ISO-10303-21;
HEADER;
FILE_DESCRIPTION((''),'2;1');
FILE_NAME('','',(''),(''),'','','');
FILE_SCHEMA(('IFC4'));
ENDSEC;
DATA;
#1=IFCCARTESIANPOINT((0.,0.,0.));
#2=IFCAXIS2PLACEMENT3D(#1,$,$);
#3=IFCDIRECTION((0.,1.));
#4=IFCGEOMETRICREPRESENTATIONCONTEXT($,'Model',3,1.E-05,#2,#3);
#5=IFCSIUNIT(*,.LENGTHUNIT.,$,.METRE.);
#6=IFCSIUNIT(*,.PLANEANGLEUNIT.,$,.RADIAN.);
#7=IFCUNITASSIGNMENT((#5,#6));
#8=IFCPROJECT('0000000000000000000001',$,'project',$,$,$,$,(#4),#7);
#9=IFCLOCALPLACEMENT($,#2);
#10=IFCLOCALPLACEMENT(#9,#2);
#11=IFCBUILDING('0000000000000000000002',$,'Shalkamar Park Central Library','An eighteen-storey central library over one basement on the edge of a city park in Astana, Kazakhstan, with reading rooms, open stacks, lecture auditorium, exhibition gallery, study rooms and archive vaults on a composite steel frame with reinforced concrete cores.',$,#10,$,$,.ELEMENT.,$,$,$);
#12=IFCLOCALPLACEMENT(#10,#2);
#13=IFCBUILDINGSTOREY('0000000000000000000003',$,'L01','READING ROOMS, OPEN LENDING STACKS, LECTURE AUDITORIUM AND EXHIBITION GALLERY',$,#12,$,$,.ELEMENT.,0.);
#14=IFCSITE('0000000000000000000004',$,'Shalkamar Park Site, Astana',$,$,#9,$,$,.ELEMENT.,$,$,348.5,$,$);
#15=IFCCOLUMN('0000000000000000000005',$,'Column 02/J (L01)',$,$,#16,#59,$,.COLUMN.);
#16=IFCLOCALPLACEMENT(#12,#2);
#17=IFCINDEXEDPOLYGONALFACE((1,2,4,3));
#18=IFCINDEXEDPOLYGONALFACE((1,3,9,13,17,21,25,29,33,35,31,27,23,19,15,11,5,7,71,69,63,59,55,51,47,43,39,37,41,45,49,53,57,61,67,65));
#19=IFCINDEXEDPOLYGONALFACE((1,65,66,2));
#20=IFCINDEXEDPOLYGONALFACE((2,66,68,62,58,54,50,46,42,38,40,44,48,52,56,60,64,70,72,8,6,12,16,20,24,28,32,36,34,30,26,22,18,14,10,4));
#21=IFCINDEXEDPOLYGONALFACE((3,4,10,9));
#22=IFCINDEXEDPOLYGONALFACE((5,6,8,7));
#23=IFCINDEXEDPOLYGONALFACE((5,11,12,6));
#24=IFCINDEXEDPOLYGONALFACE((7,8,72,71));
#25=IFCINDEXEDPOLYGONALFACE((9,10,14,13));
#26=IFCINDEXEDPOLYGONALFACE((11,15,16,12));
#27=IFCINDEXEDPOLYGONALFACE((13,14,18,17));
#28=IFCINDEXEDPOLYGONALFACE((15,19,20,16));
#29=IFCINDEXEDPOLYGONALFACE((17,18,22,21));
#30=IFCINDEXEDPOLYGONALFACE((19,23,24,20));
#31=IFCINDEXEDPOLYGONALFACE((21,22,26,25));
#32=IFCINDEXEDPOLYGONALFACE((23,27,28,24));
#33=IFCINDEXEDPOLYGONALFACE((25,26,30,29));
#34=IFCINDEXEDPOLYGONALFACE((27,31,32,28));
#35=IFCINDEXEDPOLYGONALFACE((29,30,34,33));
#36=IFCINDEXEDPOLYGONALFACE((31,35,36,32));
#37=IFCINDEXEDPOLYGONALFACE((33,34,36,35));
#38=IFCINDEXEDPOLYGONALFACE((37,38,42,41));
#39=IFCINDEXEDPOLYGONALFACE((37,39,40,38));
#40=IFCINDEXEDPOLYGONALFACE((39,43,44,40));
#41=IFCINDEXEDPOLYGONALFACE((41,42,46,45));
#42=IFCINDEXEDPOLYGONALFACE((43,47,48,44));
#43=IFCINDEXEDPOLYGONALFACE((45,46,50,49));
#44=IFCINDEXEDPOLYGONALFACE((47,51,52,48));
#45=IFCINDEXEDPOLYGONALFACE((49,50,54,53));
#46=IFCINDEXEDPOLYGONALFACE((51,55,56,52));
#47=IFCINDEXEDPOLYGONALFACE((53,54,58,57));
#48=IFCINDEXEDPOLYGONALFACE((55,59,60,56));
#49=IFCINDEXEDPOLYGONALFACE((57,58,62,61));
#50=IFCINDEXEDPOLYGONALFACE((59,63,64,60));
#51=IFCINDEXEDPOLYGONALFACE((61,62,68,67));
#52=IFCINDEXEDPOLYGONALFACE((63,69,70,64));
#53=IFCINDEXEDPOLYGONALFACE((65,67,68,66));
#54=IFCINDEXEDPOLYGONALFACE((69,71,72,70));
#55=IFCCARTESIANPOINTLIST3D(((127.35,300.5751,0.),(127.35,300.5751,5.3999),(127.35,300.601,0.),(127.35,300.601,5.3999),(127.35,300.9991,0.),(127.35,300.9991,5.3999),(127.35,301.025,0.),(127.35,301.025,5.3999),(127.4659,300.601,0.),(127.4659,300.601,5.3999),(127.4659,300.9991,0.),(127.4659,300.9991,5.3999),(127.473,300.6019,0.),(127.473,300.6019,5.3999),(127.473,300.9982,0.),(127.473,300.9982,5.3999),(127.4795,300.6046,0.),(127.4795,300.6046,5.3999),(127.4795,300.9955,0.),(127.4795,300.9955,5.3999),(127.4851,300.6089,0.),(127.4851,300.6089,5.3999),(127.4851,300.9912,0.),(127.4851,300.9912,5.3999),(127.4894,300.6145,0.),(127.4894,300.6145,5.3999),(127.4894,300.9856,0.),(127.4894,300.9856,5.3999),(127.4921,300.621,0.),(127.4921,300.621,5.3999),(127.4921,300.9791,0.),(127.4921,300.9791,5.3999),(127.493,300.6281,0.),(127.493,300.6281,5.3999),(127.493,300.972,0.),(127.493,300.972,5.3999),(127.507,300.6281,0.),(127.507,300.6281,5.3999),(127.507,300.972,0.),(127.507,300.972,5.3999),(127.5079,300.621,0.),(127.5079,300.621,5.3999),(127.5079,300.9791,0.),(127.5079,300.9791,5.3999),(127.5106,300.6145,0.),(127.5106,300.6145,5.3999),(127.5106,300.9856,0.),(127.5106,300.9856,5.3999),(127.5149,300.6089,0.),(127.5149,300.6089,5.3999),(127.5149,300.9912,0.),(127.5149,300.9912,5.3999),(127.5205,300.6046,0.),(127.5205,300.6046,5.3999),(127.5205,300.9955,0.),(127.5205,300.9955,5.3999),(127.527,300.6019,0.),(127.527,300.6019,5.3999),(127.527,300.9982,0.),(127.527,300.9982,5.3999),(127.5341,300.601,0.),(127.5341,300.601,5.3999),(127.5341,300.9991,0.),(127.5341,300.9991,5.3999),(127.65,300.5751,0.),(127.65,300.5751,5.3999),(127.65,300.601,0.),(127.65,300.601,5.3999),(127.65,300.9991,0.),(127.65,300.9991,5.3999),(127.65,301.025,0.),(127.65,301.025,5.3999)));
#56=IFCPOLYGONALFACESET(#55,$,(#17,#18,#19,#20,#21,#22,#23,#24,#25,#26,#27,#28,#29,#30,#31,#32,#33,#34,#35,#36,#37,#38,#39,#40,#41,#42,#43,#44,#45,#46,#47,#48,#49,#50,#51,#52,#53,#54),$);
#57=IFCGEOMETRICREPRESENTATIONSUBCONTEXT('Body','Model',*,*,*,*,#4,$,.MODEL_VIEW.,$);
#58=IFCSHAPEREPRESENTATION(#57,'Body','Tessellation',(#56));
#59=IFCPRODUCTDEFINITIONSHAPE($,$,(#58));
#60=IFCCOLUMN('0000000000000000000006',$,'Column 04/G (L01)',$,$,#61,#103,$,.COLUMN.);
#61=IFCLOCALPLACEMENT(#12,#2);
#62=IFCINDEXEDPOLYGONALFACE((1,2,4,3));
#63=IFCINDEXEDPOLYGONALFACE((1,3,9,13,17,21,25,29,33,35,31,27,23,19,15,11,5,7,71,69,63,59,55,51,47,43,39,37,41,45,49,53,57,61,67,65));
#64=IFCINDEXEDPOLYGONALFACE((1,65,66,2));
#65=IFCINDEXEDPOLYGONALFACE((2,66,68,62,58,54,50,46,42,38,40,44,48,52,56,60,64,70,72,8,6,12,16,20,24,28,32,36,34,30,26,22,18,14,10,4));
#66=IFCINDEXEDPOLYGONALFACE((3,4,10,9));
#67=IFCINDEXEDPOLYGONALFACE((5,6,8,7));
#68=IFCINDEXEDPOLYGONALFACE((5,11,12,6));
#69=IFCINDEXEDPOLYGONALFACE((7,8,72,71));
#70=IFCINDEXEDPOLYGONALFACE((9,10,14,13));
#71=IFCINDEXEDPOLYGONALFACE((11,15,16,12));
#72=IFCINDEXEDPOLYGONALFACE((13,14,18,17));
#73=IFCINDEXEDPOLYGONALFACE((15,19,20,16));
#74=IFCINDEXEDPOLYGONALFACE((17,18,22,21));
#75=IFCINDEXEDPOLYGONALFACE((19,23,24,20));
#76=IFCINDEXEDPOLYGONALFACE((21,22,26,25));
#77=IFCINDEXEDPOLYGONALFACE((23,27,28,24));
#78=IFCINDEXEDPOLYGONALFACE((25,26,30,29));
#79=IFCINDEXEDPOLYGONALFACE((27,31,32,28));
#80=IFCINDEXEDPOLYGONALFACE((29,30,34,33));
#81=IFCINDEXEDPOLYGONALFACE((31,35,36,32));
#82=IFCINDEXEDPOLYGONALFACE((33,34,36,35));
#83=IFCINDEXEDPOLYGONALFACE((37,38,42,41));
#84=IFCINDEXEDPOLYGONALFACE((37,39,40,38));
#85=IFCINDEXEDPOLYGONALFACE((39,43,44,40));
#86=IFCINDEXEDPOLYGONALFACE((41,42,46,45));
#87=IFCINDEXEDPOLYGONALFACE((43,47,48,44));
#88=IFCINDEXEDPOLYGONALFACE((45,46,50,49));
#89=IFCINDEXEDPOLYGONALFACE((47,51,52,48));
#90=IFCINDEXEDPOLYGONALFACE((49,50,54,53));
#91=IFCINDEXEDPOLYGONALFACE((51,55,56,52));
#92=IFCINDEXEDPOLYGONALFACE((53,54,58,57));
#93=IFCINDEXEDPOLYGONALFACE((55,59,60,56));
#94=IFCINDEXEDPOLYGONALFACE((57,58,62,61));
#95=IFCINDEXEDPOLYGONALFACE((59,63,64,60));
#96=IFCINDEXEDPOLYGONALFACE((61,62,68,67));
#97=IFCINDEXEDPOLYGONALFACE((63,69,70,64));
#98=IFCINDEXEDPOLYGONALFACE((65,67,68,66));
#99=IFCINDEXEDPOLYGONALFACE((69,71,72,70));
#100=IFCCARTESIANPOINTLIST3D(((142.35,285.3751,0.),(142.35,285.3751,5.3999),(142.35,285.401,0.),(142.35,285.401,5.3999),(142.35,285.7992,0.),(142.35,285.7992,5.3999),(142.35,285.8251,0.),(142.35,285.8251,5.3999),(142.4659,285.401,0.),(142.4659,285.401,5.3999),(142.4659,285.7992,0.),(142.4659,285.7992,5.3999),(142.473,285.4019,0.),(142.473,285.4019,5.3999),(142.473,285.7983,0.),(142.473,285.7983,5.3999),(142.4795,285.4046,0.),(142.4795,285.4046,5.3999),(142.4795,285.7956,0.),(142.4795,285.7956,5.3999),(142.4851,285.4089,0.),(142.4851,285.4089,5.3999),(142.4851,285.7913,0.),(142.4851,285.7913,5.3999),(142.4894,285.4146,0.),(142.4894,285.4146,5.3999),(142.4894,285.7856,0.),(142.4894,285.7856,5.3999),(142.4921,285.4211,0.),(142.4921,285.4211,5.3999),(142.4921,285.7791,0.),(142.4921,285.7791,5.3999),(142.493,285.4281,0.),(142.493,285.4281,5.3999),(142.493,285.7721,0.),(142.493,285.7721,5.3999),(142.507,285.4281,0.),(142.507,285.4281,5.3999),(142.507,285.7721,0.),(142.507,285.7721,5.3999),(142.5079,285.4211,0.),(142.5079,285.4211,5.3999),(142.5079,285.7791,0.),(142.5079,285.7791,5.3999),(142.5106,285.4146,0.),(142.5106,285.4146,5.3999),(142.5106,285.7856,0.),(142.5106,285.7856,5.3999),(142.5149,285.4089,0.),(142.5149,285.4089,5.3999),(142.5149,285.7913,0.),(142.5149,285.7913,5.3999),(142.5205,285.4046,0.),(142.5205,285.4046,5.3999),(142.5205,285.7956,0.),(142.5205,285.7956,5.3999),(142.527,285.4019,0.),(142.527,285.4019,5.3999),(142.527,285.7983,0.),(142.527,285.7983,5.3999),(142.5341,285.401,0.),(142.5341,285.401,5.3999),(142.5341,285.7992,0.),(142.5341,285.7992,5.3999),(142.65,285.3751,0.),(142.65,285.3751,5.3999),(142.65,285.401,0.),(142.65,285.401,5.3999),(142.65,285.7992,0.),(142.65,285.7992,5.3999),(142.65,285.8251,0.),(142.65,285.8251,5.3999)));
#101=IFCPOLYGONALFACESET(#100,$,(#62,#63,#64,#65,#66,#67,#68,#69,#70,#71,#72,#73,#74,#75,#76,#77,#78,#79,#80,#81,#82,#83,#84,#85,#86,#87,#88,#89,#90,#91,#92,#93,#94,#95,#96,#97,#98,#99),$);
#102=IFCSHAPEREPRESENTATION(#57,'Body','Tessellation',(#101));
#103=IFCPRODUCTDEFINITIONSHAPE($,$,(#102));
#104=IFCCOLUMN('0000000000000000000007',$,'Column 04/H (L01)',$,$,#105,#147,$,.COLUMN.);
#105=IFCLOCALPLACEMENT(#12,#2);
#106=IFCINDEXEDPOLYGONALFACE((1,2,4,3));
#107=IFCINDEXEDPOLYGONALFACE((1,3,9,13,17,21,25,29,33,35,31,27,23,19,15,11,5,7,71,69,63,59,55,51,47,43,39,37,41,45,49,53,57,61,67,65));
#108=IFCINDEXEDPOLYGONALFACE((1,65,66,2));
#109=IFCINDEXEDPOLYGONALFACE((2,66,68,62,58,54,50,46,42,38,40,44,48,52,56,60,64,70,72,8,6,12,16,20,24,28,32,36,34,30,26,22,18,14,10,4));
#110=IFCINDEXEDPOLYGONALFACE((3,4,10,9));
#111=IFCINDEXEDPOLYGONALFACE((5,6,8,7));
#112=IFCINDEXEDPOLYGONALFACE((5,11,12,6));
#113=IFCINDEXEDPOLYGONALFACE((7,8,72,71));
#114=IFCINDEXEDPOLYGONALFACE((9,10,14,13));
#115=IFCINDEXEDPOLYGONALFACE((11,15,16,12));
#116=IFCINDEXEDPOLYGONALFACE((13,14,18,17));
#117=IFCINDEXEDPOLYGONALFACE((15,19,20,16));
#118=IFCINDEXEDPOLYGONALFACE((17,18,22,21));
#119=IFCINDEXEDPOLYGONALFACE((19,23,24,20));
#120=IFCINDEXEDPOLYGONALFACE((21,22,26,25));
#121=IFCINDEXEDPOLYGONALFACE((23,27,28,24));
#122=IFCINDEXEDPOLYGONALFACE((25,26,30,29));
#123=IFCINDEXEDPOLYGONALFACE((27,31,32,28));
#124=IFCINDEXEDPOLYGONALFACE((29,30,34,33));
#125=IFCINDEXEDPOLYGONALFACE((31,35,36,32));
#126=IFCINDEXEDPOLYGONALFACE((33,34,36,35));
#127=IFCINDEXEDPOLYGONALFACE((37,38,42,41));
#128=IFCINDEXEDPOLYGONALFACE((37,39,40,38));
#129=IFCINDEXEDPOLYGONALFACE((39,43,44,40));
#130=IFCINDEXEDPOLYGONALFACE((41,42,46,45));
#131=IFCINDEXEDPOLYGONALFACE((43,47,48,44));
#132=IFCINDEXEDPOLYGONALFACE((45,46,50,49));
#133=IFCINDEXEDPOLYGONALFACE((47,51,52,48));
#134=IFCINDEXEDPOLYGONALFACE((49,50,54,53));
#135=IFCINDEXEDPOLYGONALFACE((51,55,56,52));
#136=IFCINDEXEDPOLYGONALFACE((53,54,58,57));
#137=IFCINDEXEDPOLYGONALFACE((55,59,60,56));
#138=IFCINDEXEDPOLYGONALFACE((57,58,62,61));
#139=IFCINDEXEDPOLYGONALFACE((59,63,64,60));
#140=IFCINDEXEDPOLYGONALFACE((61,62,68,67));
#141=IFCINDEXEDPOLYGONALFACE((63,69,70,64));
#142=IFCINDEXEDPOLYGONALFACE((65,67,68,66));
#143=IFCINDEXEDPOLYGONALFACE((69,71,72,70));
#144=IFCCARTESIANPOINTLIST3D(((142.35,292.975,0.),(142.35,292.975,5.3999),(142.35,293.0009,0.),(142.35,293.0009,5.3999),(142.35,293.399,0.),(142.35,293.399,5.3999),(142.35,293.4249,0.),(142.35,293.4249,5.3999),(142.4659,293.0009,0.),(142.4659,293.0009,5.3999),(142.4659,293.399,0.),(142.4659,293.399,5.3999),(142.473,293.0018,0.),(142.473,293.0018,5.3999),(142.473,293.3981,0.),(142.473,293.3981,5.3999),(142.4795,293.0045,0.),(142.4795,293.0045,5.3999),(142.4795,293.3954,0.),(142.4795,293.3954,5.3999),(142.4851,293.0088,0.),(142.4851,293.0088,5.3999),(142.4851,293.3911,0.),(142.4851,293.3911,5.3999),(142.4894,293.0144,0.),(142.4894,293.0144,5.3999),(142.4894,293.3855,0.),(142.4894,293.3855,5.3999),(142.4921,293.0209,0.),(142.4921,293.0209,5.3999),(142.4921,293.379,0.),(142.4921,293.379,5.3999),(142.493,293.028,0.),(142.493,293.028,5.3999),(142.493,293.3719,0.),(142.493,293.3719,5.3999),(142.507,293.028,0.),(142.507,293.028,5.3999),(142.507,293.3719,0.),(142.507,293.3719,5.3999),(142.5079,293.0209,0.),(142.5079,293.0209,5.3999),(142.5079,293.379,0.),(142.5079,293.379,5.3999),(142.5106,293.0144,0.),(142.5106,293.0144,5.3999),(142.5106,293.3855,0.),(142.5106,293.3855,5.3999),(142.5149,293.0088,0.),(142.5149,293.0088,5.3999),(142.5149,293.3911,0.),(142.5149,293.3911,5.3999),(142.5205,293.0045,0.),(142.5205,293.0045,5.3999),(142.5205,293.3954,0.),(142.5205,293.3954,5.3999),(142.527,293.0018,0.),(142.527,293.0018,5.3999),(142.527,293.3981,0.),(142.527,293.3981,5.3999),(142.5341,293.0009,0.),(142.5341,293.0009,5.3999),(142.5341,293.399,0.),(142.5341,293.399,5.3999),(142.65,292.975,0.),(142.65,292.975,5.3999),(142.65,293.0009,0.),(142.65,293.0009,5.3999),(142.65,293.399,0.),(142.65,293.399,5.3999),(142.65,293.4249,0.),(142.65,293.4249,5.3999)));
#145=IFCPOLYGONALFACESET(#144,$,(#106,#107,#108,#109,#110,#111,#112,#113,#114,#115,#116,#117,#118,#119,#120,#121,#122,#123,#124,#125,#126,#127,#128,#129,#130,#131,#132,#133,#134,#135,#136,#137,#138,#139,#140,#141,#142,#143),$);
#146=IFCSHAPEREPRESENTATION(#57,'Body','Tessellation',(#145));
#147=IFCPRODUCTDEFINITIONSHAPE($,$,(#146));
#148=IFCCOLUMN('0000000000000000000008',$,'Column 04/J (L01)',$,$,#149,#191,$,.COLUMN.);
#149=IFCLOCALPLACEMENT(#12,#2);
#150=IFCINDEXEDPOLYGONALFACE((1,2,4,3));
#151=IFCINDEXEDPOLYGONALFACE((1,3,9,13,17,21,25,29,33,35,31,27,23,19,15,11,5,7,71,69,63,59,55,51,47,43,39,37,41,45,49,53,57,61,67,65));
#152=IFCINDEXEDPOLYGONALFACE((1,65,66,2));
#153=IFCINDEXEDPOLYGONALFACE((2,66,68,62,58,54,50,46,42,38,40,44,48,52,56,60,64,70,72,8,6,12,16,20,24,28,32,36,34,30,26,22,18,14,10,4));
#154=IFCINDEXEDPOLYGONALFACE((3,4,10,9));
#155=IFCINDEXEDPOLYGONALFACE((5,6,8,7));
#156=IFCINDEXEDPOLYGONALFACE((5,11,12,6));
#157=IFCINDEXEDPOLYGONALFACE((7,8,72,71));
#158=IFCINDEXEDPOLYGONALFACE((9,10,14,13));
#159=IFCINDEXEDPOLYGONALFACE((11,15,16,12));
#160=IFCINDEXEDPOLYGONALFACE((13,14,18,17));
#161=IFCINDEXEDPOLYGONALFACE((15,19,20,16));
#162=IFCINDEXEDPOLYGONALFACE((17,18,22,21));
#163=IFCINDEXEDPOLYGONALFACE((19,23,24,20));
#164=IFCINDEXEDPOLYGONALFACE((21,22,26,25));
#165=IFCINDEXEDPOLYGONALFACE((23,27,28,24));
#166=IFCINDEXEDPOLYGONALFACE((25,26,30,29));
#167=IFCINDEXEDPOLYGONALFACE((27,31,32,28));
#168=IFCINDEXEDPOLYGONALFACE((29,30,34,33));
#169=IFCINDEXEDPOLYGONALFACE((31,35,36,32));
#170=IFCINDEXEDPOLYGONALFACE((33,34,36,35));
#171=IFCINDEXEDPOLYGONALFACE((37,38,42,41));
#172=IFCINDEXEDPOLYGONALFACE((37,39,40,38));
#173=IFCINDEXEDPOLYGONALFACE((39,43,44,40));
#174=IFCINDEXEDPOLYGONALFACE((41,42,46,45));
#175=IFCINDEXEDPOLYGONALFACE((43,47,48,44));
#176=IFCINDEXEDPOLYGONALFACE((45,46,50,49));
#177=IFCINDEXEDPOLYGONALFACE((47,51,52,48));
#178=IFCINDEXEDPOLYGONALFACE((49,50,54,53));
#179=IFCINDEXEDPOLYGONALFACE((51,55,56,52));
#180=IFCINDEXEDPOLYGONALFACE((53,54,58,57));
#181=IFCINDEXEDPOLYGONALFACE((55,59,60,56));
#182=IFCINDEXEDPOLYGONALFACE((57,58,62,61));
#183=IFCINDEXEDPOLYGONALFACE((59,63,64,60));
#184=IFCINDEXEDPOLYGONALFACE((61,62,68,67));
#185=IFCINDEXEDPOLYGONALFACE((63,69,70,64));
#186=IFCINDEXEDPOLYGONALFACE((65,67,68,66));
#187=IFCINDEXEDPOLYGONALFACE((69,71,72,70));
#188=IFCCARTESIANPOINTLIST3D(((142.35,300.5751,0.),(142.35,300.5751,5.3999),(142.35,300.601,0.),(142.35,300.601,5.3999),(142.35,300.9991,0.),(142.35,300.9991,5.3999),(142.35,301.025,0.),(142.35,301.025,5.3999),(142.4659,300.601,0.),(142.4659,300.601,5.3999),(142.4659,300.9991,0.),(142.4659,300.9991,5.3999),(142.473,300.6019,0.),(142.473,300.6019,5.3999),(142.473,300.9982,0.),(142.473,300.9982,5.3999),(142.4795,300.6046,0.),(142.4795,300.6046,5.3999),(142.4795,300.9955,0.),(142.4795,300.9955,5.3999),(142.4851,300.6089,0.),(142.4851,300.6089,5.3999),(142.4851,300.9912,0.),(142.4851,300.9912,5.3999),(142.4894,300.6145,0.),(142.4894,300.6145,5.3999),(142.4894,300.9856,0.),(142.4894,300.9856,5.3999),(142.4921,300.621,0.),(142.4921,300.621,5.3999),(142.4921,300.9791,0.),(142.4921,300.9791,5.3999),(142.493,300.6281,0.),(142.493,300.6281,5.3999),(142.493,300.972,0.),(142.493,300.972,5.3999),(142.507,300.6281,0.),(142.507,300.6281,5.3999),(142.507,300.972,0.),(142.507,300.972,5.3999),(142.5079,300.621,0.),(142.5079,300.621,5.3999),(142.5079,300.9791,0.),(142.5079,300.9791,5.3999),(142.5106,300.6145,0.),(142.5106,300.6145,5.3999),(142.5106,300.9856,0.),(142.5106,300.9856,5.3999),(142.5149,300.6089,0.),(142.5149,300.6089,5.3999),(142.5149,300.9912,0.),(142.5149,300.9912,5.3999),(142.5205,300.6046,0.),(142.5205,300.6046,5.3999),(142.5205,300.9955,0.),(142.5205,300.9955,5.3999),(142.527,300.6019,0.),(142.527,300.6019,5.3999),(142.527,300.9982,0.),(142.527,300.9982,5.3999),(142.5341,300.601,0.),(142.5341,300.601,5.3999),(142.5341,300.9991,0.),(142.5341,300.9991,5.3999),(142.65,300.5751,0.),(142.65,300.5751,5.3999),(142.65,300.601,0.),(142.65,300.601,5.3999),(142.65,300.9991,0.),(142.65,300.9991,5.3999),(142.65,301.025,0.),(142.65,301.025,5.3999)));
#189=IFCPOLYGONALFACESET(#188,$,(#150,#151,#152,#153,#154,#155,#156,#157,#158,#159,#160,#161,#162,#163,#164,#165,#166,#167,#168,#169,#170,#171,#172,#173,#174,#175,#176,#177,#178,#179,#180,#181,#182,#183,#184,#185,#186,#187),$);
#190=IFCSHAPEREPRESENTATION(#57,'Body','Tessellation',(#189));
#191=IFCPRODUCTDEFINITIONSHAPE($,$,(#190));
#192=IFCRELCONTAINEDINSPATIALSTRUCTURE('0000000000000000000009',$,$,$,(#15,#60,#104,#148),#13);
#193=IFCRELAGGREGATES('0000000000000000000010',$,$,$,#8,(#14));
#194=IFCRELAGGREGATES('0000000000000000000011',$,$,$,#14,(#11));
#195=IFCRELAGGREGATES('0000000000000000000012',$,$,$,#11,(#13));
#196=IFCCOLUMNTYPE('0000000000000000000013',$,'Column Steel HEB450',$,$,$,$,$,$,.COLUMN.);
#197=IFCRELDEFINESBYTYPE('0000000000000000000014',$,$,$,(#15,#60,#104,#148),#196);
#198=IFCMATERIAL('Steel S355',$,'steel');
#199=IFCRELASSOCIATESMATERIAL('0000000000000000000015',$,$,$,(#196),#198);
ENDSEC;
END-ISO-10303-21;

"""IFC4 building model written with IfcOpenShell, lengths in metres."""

from ifc_helpers import new_model, si_unit, direction, frame, origin, origin_2d, place, context, subcontext, project, spatial, i_section, extrude, material, material_profile, profile_set, type_object, element, save


model = new_model("IFC4")

# Units and contexts
model_context = context("Model", 3, precision=1e-05, world=origin(), true_north=direction((0.0, 1.0)))
body_context = subcontext(model_context, "Body", "Model", "MODEL_VIEW")
ifc_project = project(units=[si_unit("LENGTHUNIT", "METRE"), si_unit("PLANEANGLEUNIT", "RADIAN")], contexts=[model_context])

# Site, building, storey
site_placement = place(None, origin())
site = spatial("IfcSite", under=ifc_project, at=site_placement, Name="Shalkamar Park Site, Astana", CompositionType="ELEMENT", RefElevation=348.5)
building_placement = place(site_placement, origin())
building = spatial("IfcBuilding", under=site, at=building_placement, Name="Shalkamar Park Central Library", Description="An eighteen-storey central library over one basement on the edge of a city park in Astana, Kazakhstan, with reading rooms, open stacks, lecture auditorium, exhibition gallery, study rooms and archive vaults on a composite steel frame with reinforced concrete cores.", CompositionType="ELEMENT")
storey_placement = place(building_placement, origin())
storey = spatial("IfcBuildingStorey", under=building, at=storey_placement, Name="L01", Description="READING ROOMS, OPEN LENDING STACKS, LECTURE AUDITORIUM AND EXHIBITION GALLERY", CompositionType="ELEMENT", Elevation=0.0)

# Columns
ifc_material = material(Name="Steel S355", Category="steel")
ifc_material_profile_1 = material_profile(ifc_material, i_section(OverallWidth=0.3, OverallDepth=0.45, WebThickness=0.0139, FlangeThickness=0.0259, FilletRadius=0.0271, at=origin_2d()), Name="HEB 450")
ifc_profile_set_1 = profile_set([ifc_material_profile_1], Name="Steel S355")
column_type_1 = type_object("IfcColumnType", Name="Column Steel HEB450", PredefinedType="COLUMN", material=ifc_profile_set_1)
for number, where, z_axis, x_axis, name in (
    (1, (127.5, 300.8, 0.0), (0.0, 0.0, 1.0), (1.0, 0.0, 0.0), "Column 02/J (L01)"),
    (2, (142.5, 285.6001, 0.0), (0.0, 0.0, 1.0), (1.0, 0.0, 0.0), "Column 04/G (L01)"),
    (3, (142.5, 293.2, 0.0), (0.0, 0.0, 1.0), (1.0, 0.0, 0.0), "Column 04/H (L01)"),
    (4, (142.5, 300.8, 0.0), (0.0, 0.0, 1.0), (1.0, 0.0, 0.0), "Column 04/J (L01)"),
):
    element("IfcColumn", number, at=place(storey_placement, frame(where, z_axis=z_axis, x_axis=x_axis)), inside=storey, type_object=column_type_1, Name=name, PredefinedType="COLUMN", context=body_context, shape_type="SweptSolid", body=[
        extrude(i_section(OverallWidth=0.3, OverallDepth=0.45, WebThickness=0.0139, FlangeThickness=0.0259, FilletRadius=0.0271, at=origin_2d()), origin(), (0.0, 0.0, 1.0), 5.3999),
    ])

save(model, "model.ifc")
